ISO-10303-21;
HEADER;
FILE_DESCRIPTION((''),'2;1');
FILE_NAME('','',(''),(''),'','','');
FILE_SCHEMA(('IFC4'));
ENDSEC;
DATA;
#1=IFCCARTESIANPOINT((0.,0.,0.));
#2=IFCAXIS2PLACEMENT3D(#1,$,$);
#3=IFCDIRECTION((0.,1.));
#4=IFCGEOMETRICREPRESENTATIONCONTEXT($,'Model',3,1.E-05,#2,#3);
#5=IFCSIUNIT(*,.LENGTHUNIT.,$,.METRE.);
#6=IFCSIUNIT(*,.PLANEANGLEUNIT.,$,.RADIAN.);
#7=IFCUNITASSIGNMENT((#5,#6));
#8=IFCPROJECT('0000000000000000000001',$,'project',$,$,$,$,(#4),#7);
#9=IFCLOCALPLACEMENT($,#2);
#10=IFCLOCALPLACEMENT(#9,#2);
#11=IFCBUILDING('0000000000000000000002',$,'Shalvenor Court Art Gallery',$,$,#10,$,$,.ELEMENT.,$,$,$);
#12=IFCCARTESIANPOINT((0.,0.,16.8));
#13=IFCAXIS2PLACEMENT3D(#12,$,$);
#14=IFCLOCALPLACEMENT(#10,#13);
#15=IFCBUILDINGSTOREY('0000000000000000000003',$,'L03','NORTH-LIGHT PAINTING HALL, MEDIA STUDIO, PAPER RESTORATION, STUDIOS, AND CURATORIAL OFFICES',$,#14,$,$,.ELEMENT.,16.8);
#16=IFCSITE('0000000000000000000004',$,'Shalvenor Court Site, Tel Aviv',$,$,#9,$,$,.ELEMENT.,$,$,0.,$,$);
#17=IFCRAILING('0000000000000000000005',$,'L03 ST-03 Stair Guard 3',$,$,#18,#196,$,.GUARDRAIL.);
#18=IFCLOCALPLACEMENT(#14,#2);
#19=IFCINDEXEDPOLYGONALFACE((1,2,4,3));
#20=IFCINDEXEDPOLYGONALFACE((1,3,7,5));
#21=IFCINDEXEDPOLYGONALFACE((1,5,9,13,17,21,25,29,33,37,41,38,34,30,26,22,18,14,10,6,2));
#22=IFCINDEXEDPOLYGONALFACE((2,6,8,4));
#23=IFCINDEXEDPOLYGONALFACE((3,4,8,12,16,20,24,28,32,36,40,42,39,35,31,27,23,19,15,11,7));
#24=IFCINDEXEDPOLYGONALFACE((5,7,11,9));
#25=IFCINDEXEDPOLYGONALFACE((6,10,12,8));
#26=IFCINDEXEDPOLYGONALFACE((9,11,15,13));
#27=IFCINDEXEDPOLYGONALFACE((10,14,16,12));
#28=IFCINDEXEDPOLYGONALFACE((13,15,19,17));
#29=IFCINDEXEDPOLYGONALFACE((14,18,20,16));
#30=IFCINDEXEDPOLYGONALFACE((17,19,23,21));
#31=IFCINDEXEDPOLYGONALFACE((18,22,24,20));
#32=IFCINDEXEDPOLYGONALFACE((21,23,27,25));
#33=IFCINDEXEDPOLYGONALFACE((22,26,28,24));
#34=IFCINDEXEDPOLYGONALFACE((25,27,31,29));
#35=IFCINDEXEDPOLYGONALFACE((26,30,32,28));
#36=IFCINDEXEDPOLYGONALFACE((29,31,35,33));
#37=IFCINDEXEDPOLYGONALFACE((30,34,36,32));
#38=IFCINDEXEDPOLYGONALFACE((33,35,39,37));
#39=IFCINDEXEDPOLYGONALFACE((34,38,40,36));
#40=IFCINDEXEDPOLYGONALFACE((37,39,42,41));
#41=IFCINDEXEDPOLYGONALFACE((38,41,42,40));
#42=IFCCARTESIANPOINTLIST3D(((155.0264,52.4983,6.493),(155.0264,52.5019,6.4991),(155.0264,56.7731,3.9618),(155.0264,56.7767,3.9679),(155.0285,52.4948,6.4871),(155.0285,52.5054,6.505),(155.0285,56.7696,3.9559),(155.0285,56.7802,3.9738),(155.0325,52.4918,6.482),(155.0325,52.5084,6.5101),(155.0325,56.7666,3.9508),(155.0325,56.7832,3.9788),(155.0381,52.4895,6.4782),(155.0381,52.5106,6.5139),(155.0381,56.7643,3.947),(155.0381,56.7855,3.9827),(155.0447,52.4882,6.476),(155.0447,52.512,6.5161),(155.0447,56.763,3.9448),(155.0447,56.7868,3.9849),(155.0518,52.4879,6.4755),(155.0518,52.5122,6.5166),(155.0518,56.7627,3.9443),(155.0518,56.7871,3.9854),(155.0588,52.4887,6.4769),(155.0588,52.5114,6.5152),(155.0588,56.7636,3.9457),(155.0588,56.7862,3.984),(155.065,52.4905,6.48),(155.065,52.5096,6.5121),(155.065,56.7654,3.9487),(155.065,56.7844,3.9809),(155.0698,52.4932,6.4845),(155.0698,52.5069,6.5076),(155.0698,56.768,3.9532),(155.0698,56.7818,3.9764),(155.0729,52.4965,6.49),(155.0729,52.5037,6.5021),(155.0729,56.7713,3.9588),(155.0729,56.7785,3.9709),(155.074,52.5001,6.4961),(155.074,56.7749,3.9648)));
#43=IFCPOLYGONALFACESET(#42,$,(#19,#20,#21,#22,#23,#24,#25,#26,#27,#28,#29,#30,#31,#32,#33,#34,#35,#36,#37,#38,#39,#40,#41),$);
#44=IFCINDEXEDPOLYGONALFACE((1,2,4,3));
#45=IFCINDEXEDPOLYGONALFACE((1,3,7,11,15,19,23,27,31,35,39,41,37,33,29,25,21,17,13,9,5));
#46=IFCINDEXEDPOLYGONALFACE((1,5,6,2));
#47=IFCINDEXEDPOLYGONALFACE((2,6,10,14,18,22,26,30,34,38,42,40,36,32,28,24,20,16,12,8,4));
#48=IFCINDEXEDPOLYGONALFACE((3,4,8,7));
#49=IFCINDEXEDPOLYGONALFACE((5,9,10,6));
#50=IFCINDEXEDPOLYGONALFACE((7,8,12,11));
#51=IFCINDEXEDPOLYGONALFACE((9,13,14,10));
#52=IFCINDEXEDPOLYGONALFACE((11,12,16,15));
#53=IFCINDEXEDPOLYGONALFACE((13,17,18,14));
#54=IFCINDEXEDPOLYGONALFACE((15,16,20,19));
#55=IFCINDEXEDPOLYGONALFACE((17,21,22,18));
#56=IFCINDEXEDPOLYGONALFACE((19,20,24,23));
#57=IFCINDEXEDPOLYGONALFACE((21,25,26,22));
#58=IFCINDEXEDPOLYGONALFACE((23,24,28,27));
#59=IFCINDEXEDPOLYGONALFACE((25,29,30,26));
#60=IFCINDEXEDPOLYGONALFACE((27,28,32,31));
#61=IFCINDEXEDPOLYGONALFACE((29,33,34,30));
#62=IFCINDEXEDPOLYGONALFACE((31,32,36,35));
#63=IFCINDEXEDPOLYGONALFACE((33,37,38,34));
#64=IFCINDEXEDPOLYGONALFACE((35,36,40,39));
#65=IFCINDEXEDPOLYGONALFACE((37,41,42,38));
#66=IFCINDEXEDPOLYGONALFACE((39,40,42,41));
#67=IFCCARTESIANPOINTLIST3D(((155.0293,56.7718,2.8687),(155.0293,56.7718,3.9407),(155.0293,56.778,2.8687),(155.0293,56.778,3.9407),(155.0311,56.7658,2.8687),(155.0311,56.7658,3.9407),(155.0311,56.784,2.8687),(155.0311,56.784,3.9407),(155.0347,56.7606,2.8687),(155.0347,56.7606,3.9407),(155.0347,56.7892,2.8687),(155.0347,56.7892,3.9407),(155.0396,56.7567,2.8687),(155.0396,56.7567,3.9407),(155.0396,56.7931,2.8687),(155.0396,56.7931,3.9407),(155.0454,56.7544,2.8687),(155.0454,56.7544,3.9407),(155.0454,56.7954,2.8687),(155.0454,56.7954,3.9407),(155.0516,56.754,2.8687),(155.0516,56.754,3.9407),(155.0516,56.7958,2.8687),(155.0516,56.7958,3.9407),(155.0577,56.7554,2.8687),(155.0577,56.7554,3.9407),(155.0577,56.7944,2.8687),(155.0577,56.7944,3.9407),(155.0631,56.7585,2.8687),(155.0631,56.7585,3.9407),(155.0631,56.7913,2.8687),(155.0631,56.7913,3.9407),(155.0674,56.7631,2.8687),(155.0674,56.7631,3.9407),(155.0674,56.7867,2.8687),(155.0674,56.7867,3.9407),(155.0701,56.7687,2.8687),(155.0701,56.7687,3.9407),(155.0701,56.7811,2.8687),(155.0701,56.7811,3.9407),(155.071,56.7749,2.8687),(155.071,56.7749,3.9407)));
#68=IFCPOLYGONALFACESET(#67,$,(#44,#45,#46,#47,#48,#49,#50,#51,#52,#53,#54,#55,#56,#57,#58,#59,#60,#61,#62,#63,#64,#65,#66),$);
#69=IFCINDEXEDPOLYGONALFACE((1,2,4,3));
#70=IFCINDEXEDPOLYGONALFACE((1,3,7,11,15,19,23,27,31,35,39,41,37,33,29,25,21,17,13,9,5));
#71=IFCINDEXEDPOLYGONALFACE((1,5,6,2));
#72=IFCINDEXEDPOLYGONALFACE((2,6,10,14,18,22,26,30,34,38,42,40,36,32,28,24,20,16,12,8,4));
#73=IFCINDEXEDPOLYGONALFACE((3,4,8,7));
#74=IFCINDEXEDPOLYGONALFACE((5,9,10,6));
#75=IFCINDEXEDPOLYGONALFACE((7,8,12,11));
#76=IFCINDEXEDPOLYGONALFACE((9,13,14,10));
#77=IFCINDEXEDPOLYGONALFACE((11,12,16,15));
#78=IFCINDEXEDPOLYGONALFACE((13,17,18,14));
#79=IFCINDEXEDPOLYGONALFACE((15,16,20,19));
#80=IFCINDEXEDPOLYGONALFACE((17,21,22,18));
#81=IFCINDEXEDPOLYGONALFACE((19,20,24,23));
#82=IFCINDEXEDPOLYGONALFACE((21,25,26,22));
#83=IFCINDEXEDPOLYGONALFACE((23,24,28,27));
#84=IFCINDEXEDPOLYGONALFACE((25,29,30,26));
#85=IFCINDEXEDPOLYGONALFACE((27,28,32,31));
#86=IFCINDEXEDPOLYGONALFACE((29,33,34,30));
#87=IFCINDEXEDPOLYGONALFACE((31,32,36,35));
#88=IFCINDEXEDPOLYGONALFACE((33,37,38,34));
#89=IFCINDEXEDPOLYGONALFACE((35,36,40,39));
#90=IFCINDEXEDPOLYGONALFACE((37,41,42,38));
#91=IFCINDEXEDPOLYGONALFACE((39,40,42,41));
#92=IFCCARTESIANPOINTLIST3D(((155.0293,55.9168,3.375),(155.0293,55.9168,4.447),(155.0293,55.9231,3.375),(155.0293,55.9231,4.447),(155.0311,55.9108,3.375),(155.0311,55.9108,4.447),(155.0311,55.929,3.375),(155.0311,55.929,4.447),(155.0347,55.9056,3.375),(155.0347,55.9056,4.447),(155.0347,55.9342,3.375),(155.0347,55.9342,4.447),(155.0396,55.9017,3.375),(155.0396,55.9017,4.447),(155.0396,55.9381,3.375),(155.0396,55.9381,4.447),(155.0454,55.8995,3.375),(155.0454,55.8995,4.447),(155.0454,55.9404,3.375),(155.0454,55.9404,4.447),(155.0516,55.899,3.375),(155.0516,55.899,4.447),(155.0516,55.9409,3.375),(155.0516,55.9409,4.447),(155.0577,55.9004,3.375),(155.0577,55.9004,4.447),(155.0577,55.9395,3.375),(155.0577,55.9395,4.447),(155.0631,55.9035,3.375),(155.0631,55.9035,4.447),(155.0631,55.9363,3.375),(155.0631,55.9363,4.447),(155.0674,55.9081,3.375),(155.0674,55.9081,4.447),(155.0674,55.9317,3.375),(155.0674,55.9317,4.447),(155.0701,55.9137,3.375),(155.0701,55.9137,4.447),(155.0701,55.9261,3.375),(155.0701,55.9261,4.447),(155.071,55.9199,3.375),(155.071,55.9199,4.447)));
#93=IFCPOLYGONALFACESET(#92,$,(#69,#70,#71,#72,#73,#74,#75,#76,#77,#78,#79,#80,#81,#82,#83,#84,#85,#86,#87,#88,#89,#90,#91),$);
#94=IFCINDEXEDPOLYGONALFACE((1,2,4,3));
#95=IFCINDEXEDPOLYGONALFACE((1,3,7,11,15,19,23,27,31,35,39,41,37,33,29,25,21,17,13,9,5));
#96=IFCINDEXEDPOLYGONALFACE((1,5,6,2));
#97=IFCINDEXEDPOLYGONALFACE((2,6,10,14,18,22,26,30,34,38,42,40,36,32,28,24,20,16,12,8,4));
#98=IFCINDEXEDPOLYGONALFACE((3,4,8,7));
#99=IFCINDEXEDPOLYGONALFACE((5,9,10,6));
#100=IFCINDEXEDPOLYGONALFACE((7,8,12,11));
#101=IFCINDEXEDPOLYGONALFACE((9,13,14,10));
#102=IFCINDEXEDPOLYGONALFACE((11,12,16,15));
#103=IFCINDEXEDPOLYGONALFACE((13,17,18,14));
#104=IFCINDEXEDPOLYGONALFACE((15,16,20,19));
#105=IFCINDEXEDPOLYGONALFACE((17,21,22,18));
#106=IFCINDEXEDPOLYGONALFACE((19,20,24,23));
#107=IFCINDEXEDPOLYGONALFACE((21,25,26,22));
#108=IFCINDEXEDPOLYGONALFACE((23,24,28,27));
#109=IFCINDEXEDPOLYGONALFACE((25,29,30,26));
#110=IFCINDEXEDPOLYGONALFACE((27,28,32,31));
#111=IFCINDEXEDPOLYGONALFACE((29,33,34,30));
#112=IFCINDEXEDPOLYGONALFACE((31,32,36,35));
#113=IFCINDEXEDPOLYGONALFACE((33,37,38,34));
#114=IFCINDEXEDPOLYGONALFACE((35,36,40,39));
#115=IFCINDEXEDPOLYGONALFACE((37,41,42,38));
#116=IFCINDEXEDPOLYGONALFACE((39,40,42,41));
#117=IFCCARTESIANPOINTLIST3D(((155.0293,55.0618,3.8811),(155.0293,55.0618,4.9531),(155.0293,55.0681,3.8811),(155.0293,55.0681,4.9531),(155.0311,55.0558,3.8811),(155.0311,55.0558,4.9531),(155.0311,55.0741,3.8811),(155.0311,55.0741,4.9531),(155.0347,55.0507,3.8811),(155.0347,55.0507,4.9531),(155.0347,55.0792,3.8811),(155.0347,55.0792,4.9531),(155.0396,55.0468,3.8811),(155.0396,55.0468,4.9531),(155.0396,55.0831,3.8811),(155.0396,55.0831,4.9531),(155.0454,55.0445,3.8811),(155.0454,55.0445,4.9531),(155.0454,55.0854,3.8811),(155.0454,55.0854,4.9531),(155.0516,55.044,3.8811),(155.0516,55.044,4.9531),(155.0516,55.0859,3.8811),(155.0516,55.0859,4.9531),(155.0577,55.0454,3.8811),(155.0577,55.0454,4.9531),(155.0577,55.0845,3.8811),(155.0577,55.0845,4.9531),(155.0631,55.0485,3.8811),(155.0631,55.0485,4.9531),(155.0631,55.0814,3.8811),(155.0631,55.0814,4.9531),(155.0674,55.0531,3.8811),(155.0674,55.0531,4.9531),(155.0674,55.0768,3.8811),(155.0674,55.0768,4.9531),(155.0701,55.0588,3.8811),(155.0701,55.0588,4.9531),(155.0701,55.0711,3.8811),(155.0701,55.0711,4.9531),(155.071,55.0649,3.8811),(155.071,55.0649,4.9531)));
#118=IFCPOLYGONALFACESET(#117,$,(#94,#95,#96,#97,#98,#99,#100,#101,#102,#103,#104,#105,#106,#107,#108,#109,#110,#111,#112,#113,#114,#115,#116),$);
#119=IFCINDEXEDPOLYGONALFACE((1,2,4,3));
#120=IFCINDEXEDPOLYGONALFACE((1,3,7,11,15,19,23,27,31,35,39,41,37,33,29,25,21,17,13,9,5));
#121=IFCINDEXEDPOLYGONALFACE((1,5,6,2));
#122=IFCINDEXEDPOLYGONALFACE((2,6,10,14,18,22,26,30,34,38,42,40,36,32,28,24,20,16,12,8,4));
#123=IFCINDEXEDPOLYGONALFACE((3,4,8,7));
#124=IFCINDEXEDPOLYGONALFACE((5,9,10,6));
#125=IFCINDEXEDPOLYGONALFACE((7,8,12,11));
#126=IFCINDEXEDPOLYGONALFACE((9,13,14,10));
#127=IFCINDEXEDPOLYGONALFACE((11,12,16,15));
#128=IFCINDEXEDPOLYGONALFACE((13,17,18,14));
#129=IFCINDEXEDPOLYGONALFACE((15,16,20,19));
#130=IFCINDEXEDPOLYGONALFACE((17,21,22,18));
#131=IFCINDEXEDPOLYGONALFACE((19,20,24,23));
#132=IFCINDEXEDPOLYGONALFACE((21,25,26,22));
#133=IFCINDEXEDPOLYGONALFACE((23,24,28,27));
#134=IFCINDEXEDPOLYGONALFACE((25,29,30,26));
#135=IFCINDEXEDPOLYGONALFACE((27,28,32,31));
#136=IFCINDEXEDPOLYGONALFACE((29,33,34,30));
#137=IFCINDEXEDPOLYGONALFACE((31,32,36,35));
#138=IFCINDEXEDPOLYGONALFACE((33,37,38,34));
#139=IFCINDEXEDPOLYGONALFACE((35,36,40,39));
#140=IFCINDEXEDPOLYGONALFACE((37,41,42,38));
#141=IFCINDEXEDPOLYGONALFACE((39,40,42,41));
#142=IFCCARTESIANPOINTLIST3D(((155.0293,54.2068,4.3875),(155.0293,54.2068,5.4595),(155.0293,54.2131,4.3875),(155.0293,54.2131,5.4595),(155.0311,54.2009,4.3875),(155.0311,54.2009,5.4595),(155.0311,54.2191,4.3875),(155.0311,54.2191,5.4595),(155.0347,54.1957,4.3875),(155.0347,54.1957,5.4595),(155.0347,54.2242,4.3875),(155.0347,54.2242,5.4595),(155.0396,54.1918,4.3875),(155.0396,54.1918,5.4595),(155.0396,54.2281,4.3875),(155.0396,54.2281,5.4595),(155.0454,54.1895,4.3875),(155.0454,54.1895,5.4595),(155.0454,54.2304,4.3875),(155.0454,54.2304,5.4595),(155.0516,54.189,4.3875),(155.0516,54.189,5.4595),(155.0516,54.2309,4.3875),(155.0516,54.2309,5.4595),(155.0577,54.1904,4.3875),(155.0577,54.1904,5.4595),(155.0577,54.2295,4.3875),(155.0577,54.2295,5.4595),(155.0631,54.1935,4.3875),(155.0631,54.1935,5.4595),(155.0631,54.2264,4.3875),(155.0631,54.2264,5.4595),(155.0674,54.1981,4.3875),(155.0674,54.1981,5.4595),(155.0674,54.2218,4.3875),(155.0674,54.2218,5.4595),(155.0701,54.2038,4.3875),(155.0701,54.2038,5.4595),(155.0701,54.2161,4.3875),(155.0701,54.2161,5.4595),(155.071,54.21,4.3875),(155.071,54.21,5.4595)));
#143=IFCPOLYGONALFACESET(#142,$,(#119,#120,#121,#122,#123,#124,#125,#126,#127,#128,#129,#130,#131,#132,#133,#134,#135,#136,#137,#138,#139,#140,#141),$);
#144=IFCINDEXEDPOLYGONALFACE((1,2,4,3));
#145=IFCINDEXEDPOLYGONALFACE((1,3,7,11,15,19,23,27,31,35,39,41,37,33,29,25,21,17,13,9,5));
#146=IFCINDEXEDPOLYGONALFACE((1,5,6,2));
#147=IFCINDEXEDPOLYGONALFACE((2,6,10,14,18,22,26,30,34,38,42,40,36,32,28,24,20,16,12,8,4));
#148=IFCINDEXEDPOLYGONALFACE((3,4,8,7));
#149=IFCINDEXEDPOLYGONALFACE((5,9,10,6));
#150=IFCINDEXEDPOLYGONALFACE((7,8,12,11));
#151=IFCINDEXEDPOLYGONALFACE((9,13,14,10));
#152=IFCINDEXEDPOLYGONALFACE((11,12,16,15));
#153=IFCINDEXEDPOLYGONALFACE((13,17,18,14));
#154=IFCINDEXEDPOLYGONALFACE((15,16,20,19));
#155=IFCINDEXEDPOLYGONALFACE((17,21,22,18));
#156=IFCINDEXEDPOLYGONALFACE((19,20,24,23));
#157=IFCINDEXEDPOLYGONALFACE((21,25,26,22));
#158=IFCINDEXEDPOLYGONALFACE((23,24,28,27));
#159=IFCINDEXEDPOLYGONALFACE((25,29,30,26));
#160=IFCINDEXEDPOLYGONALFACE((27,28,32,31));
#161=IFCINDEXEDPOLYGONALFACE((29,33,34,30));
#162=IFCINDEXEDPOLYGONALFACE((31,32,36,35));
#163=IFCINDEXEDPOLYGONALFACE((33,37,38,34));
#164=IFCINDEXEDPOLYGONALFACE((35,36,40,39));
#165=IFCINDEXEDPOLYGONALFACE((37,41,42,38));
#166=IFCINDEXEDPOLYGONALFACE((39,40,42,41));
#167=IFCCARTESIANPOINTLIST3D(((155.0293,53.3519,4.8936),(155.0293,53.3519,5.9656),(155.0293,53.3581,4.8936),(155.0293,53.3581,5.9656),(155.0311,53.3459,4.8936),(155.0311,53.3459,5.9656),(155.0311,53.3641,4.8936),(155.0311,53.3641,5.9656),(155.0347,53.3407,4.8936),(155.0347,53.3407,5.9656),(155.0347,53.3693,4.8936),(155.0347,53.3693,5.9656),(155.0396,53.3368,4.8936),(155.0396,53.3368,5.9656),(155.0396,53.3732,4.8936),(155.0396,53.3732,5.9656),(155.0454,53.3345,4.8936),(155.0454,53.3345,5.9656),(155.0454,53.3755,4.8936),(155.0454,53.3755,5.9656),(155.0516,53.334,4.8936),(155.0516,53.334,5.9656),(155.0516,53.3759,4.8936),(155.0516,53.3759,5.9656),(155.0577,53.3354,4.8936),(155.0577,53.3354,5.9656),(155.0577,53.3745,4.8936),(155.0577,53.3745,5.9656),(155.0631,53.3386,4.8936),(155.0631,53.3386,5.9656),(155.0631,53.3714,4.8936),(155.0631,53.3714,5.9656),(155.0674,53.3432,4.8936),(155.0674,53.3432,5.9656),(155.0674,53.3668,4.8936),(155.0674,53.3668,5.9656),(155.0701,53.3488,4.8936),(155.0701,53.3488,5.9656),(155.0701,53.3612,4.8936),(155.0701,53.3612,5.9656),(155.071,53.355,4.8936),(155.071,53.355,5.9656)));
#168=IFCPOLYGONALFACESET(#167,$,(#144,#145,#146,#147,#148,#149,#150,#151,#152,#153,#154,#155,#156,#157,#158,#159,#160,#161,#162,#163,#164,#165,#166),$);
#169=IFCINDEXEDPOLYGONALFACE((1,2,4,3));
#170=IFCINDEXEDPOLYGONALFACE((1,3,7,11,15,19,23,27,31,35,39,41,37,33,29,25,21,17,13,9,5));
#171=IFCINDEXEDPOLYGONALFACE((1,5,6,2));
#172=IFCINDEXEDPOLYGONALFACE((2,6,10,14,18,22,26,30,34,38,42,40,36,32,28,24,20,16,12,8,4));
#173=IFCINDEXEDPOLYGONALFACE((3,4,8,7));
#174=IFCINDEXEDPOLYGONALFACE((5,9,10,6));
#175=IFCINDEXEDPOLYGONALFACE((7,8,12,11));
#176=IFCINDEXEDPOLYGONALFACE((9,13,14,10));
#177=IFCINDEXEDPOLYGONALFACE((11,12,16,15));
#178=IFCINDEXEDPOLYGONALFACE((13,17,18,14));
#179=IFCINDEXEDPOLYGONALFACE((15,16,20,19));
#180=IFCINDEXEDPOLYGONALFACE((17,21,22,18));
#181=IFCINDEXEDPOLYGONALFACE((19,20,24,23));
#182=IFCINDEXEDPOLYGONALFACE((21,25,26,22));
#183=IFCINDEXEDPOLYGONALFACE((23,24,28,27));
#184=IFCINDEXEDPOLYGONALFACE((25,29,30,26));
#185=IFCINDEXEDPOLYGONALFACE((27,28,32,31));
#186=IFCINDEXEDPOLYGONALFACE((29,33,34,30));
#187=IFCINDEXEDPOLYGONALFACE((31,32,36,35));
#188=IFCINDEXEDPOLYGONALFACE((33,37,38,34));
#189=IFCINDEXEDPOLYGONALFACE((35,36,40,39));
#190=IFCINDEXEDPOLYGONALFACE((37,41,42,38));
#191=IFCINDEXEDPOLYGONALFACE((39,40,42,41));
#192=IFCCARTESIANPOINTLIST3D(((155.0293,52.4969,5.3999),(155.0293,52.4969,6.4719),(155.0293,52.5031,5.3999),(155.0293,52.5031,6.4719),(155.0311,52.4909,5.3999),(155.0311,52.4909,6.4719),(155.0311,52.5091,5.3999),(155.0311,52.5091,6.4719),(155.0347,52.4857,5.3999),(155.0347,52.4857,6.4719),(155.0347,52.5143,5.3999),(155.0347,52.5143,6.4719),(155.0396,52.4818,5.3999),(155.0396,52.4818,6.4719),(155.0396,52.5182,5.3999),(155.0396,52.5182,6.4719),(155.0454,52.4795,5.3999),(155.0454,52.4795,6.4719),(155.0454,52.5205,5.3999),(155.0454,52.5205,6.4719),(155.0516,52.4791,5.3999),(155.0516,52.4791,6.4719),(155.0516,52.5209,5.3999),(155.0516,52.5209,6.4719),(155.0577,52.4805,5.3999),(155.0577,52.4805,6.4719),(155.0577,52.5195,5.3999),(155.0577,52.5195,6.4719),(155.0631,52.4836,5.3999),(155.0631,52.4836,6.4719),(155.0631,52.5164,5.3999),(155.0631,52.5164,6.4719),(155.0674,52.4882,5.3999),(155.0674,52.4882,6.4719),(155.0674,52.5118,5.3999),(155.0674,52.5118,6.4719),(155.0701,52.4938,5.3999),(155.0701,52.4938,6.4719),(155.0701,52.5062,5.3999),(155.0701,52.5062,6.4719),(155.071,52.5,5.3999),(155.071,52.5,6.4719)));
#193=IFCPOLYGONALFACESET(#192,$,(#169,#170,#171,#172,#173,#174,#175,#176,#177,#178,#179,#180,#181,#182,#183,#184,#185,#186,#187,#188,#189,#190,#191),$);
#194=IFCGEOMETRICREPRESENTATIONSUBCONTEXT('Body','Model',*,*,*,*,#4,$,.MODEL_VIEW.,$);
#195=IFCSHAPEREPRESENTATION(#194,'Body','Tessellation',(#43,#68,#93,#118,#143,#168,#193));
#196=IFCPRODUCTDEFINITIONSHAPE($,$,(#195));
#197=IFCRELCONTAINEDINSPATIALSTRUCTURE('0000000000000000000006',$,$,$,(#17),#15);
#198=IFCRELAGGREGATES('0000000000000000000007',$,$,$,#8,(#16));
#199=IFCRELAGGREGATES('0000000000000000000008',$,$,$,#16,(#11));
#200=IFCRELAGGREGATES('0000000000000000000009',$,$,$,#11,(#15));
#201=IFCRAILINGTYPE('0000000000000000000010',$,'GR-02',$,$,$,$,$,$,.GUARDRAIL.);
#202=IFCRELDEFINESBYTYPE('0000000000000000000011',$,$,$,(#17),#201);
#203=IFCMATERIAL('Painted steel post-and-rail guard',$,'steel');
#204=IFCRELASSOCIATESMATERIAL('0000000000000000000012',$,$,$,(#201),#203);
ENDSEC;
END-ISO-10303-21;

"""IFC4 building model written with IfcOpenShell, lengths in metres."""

from ifc_helpers import new_model, si_unit, direction, frame, origin, origin_2d, place, context, subcontext, project, spatial, circle, extrude, material, type_object, element, save


model = new_model("IFC4")

# Units and contexts
model_context = context("Model", 3, precision=1e-05, world=origin(), true_north=direction((0.0, 1.0)))
body_context = subcontext(model_context, "Body", "Model", "MODEL_VIEW")
ifc_project = project(units=[si_unit("LENGTHUNIT", "METRE"), si_unit("PLANEANGLEUNIT", "RADIAN")], contexts=[model_context])

# Site, building, storey
site_placement = place(None, origin())
site = spatial("IfcSite", under=ifc_project, at=site_placement, Name="Shalvenor Court Site, Tel Aviv", CompositionType="ELEMENT", RefElevation=0.0)
building_placement = place(site_placement, origin())
building = spatial("IfcBuilding", under=site, at=building_placement, Name="Shalvenor Court Art Gallery", CompositionType="ELEMENT")
storey_placement = place(building_placement, frame((0.0, 0.0, 16.8)))
storey = spatial("IfcBuildingStorey", under=building, at=storey_placement, Name="L03", Description="NORTH-LIGHT PAINTING HALL, MEDIA STUDIO, PAPER RESTORATION, STUDIOS, AND CURATORIAL OFFICES", CompositionType="ELEMENT", Elevation=16.8)

# Railing
ifc_material_1 = material(Name="Painted steel post-and-rail guard", Category="steel")
railing_type_1 = type_object("IfcRailingType", Name="GR-02", PredefinedType="GUARDRAIL", material=ifc_material_1)
railing_1_placement = place(storey_placement, frame((155.05, 56.7749, 2.8687)))
element("IfcRailing", 1, at=railing_1_placement, inside=storey, type_object=railing_type_1, Name="L03 ST-03 Stair Guard 3", PredefinedType="GUARDRAIL", context=body_context, shape_type="SweptSolid", body=[
    extrude(circle(Radius=0.0239, at=origin_2d()), frame((0.0, 0.0, 1.0962), z_axis=(0.0, -0.86047, 0.509501), x_axis=(1.0, 0.0, 0.0)), (0.0, 0.0, 1.0), 4.968),
    extrude(circle(Radius=0.021, at=origin_2d()), origin(), (0.0, 0.0, 1.0), 1.072),
    extrude(circle(Radius=0.021, at=origin_2d()), frame((0.0, -0.855, 0.5063)), (0.0, 0.0, 1.0), 1.072),
    extrude(circle(Radius=0.021, at=origin_2d()), frame((0.0, -1.71, 1.0125)), (0.0, 0.0, 1.0), 1.072),
    extrude(circle(Radius=0.021, at=origin_2d()), frame((0.0, -2.5649, 1.5188)), (0.0, 0.0, 1.0), 1.072),
    extrude(circle(Radius=0.021, at=origin_2d()), frame((0.0, -3.4199, 2.0249)), (0.0, 0.0, 1.0), 1.072),
    extrude(circle(Radius=0.021, at=origin_2d()), frame((0.0, -4.2749, 2.5312)), (0.0, 0.0, 1.0), 1.072),
])

save(model, "model.ifc")
